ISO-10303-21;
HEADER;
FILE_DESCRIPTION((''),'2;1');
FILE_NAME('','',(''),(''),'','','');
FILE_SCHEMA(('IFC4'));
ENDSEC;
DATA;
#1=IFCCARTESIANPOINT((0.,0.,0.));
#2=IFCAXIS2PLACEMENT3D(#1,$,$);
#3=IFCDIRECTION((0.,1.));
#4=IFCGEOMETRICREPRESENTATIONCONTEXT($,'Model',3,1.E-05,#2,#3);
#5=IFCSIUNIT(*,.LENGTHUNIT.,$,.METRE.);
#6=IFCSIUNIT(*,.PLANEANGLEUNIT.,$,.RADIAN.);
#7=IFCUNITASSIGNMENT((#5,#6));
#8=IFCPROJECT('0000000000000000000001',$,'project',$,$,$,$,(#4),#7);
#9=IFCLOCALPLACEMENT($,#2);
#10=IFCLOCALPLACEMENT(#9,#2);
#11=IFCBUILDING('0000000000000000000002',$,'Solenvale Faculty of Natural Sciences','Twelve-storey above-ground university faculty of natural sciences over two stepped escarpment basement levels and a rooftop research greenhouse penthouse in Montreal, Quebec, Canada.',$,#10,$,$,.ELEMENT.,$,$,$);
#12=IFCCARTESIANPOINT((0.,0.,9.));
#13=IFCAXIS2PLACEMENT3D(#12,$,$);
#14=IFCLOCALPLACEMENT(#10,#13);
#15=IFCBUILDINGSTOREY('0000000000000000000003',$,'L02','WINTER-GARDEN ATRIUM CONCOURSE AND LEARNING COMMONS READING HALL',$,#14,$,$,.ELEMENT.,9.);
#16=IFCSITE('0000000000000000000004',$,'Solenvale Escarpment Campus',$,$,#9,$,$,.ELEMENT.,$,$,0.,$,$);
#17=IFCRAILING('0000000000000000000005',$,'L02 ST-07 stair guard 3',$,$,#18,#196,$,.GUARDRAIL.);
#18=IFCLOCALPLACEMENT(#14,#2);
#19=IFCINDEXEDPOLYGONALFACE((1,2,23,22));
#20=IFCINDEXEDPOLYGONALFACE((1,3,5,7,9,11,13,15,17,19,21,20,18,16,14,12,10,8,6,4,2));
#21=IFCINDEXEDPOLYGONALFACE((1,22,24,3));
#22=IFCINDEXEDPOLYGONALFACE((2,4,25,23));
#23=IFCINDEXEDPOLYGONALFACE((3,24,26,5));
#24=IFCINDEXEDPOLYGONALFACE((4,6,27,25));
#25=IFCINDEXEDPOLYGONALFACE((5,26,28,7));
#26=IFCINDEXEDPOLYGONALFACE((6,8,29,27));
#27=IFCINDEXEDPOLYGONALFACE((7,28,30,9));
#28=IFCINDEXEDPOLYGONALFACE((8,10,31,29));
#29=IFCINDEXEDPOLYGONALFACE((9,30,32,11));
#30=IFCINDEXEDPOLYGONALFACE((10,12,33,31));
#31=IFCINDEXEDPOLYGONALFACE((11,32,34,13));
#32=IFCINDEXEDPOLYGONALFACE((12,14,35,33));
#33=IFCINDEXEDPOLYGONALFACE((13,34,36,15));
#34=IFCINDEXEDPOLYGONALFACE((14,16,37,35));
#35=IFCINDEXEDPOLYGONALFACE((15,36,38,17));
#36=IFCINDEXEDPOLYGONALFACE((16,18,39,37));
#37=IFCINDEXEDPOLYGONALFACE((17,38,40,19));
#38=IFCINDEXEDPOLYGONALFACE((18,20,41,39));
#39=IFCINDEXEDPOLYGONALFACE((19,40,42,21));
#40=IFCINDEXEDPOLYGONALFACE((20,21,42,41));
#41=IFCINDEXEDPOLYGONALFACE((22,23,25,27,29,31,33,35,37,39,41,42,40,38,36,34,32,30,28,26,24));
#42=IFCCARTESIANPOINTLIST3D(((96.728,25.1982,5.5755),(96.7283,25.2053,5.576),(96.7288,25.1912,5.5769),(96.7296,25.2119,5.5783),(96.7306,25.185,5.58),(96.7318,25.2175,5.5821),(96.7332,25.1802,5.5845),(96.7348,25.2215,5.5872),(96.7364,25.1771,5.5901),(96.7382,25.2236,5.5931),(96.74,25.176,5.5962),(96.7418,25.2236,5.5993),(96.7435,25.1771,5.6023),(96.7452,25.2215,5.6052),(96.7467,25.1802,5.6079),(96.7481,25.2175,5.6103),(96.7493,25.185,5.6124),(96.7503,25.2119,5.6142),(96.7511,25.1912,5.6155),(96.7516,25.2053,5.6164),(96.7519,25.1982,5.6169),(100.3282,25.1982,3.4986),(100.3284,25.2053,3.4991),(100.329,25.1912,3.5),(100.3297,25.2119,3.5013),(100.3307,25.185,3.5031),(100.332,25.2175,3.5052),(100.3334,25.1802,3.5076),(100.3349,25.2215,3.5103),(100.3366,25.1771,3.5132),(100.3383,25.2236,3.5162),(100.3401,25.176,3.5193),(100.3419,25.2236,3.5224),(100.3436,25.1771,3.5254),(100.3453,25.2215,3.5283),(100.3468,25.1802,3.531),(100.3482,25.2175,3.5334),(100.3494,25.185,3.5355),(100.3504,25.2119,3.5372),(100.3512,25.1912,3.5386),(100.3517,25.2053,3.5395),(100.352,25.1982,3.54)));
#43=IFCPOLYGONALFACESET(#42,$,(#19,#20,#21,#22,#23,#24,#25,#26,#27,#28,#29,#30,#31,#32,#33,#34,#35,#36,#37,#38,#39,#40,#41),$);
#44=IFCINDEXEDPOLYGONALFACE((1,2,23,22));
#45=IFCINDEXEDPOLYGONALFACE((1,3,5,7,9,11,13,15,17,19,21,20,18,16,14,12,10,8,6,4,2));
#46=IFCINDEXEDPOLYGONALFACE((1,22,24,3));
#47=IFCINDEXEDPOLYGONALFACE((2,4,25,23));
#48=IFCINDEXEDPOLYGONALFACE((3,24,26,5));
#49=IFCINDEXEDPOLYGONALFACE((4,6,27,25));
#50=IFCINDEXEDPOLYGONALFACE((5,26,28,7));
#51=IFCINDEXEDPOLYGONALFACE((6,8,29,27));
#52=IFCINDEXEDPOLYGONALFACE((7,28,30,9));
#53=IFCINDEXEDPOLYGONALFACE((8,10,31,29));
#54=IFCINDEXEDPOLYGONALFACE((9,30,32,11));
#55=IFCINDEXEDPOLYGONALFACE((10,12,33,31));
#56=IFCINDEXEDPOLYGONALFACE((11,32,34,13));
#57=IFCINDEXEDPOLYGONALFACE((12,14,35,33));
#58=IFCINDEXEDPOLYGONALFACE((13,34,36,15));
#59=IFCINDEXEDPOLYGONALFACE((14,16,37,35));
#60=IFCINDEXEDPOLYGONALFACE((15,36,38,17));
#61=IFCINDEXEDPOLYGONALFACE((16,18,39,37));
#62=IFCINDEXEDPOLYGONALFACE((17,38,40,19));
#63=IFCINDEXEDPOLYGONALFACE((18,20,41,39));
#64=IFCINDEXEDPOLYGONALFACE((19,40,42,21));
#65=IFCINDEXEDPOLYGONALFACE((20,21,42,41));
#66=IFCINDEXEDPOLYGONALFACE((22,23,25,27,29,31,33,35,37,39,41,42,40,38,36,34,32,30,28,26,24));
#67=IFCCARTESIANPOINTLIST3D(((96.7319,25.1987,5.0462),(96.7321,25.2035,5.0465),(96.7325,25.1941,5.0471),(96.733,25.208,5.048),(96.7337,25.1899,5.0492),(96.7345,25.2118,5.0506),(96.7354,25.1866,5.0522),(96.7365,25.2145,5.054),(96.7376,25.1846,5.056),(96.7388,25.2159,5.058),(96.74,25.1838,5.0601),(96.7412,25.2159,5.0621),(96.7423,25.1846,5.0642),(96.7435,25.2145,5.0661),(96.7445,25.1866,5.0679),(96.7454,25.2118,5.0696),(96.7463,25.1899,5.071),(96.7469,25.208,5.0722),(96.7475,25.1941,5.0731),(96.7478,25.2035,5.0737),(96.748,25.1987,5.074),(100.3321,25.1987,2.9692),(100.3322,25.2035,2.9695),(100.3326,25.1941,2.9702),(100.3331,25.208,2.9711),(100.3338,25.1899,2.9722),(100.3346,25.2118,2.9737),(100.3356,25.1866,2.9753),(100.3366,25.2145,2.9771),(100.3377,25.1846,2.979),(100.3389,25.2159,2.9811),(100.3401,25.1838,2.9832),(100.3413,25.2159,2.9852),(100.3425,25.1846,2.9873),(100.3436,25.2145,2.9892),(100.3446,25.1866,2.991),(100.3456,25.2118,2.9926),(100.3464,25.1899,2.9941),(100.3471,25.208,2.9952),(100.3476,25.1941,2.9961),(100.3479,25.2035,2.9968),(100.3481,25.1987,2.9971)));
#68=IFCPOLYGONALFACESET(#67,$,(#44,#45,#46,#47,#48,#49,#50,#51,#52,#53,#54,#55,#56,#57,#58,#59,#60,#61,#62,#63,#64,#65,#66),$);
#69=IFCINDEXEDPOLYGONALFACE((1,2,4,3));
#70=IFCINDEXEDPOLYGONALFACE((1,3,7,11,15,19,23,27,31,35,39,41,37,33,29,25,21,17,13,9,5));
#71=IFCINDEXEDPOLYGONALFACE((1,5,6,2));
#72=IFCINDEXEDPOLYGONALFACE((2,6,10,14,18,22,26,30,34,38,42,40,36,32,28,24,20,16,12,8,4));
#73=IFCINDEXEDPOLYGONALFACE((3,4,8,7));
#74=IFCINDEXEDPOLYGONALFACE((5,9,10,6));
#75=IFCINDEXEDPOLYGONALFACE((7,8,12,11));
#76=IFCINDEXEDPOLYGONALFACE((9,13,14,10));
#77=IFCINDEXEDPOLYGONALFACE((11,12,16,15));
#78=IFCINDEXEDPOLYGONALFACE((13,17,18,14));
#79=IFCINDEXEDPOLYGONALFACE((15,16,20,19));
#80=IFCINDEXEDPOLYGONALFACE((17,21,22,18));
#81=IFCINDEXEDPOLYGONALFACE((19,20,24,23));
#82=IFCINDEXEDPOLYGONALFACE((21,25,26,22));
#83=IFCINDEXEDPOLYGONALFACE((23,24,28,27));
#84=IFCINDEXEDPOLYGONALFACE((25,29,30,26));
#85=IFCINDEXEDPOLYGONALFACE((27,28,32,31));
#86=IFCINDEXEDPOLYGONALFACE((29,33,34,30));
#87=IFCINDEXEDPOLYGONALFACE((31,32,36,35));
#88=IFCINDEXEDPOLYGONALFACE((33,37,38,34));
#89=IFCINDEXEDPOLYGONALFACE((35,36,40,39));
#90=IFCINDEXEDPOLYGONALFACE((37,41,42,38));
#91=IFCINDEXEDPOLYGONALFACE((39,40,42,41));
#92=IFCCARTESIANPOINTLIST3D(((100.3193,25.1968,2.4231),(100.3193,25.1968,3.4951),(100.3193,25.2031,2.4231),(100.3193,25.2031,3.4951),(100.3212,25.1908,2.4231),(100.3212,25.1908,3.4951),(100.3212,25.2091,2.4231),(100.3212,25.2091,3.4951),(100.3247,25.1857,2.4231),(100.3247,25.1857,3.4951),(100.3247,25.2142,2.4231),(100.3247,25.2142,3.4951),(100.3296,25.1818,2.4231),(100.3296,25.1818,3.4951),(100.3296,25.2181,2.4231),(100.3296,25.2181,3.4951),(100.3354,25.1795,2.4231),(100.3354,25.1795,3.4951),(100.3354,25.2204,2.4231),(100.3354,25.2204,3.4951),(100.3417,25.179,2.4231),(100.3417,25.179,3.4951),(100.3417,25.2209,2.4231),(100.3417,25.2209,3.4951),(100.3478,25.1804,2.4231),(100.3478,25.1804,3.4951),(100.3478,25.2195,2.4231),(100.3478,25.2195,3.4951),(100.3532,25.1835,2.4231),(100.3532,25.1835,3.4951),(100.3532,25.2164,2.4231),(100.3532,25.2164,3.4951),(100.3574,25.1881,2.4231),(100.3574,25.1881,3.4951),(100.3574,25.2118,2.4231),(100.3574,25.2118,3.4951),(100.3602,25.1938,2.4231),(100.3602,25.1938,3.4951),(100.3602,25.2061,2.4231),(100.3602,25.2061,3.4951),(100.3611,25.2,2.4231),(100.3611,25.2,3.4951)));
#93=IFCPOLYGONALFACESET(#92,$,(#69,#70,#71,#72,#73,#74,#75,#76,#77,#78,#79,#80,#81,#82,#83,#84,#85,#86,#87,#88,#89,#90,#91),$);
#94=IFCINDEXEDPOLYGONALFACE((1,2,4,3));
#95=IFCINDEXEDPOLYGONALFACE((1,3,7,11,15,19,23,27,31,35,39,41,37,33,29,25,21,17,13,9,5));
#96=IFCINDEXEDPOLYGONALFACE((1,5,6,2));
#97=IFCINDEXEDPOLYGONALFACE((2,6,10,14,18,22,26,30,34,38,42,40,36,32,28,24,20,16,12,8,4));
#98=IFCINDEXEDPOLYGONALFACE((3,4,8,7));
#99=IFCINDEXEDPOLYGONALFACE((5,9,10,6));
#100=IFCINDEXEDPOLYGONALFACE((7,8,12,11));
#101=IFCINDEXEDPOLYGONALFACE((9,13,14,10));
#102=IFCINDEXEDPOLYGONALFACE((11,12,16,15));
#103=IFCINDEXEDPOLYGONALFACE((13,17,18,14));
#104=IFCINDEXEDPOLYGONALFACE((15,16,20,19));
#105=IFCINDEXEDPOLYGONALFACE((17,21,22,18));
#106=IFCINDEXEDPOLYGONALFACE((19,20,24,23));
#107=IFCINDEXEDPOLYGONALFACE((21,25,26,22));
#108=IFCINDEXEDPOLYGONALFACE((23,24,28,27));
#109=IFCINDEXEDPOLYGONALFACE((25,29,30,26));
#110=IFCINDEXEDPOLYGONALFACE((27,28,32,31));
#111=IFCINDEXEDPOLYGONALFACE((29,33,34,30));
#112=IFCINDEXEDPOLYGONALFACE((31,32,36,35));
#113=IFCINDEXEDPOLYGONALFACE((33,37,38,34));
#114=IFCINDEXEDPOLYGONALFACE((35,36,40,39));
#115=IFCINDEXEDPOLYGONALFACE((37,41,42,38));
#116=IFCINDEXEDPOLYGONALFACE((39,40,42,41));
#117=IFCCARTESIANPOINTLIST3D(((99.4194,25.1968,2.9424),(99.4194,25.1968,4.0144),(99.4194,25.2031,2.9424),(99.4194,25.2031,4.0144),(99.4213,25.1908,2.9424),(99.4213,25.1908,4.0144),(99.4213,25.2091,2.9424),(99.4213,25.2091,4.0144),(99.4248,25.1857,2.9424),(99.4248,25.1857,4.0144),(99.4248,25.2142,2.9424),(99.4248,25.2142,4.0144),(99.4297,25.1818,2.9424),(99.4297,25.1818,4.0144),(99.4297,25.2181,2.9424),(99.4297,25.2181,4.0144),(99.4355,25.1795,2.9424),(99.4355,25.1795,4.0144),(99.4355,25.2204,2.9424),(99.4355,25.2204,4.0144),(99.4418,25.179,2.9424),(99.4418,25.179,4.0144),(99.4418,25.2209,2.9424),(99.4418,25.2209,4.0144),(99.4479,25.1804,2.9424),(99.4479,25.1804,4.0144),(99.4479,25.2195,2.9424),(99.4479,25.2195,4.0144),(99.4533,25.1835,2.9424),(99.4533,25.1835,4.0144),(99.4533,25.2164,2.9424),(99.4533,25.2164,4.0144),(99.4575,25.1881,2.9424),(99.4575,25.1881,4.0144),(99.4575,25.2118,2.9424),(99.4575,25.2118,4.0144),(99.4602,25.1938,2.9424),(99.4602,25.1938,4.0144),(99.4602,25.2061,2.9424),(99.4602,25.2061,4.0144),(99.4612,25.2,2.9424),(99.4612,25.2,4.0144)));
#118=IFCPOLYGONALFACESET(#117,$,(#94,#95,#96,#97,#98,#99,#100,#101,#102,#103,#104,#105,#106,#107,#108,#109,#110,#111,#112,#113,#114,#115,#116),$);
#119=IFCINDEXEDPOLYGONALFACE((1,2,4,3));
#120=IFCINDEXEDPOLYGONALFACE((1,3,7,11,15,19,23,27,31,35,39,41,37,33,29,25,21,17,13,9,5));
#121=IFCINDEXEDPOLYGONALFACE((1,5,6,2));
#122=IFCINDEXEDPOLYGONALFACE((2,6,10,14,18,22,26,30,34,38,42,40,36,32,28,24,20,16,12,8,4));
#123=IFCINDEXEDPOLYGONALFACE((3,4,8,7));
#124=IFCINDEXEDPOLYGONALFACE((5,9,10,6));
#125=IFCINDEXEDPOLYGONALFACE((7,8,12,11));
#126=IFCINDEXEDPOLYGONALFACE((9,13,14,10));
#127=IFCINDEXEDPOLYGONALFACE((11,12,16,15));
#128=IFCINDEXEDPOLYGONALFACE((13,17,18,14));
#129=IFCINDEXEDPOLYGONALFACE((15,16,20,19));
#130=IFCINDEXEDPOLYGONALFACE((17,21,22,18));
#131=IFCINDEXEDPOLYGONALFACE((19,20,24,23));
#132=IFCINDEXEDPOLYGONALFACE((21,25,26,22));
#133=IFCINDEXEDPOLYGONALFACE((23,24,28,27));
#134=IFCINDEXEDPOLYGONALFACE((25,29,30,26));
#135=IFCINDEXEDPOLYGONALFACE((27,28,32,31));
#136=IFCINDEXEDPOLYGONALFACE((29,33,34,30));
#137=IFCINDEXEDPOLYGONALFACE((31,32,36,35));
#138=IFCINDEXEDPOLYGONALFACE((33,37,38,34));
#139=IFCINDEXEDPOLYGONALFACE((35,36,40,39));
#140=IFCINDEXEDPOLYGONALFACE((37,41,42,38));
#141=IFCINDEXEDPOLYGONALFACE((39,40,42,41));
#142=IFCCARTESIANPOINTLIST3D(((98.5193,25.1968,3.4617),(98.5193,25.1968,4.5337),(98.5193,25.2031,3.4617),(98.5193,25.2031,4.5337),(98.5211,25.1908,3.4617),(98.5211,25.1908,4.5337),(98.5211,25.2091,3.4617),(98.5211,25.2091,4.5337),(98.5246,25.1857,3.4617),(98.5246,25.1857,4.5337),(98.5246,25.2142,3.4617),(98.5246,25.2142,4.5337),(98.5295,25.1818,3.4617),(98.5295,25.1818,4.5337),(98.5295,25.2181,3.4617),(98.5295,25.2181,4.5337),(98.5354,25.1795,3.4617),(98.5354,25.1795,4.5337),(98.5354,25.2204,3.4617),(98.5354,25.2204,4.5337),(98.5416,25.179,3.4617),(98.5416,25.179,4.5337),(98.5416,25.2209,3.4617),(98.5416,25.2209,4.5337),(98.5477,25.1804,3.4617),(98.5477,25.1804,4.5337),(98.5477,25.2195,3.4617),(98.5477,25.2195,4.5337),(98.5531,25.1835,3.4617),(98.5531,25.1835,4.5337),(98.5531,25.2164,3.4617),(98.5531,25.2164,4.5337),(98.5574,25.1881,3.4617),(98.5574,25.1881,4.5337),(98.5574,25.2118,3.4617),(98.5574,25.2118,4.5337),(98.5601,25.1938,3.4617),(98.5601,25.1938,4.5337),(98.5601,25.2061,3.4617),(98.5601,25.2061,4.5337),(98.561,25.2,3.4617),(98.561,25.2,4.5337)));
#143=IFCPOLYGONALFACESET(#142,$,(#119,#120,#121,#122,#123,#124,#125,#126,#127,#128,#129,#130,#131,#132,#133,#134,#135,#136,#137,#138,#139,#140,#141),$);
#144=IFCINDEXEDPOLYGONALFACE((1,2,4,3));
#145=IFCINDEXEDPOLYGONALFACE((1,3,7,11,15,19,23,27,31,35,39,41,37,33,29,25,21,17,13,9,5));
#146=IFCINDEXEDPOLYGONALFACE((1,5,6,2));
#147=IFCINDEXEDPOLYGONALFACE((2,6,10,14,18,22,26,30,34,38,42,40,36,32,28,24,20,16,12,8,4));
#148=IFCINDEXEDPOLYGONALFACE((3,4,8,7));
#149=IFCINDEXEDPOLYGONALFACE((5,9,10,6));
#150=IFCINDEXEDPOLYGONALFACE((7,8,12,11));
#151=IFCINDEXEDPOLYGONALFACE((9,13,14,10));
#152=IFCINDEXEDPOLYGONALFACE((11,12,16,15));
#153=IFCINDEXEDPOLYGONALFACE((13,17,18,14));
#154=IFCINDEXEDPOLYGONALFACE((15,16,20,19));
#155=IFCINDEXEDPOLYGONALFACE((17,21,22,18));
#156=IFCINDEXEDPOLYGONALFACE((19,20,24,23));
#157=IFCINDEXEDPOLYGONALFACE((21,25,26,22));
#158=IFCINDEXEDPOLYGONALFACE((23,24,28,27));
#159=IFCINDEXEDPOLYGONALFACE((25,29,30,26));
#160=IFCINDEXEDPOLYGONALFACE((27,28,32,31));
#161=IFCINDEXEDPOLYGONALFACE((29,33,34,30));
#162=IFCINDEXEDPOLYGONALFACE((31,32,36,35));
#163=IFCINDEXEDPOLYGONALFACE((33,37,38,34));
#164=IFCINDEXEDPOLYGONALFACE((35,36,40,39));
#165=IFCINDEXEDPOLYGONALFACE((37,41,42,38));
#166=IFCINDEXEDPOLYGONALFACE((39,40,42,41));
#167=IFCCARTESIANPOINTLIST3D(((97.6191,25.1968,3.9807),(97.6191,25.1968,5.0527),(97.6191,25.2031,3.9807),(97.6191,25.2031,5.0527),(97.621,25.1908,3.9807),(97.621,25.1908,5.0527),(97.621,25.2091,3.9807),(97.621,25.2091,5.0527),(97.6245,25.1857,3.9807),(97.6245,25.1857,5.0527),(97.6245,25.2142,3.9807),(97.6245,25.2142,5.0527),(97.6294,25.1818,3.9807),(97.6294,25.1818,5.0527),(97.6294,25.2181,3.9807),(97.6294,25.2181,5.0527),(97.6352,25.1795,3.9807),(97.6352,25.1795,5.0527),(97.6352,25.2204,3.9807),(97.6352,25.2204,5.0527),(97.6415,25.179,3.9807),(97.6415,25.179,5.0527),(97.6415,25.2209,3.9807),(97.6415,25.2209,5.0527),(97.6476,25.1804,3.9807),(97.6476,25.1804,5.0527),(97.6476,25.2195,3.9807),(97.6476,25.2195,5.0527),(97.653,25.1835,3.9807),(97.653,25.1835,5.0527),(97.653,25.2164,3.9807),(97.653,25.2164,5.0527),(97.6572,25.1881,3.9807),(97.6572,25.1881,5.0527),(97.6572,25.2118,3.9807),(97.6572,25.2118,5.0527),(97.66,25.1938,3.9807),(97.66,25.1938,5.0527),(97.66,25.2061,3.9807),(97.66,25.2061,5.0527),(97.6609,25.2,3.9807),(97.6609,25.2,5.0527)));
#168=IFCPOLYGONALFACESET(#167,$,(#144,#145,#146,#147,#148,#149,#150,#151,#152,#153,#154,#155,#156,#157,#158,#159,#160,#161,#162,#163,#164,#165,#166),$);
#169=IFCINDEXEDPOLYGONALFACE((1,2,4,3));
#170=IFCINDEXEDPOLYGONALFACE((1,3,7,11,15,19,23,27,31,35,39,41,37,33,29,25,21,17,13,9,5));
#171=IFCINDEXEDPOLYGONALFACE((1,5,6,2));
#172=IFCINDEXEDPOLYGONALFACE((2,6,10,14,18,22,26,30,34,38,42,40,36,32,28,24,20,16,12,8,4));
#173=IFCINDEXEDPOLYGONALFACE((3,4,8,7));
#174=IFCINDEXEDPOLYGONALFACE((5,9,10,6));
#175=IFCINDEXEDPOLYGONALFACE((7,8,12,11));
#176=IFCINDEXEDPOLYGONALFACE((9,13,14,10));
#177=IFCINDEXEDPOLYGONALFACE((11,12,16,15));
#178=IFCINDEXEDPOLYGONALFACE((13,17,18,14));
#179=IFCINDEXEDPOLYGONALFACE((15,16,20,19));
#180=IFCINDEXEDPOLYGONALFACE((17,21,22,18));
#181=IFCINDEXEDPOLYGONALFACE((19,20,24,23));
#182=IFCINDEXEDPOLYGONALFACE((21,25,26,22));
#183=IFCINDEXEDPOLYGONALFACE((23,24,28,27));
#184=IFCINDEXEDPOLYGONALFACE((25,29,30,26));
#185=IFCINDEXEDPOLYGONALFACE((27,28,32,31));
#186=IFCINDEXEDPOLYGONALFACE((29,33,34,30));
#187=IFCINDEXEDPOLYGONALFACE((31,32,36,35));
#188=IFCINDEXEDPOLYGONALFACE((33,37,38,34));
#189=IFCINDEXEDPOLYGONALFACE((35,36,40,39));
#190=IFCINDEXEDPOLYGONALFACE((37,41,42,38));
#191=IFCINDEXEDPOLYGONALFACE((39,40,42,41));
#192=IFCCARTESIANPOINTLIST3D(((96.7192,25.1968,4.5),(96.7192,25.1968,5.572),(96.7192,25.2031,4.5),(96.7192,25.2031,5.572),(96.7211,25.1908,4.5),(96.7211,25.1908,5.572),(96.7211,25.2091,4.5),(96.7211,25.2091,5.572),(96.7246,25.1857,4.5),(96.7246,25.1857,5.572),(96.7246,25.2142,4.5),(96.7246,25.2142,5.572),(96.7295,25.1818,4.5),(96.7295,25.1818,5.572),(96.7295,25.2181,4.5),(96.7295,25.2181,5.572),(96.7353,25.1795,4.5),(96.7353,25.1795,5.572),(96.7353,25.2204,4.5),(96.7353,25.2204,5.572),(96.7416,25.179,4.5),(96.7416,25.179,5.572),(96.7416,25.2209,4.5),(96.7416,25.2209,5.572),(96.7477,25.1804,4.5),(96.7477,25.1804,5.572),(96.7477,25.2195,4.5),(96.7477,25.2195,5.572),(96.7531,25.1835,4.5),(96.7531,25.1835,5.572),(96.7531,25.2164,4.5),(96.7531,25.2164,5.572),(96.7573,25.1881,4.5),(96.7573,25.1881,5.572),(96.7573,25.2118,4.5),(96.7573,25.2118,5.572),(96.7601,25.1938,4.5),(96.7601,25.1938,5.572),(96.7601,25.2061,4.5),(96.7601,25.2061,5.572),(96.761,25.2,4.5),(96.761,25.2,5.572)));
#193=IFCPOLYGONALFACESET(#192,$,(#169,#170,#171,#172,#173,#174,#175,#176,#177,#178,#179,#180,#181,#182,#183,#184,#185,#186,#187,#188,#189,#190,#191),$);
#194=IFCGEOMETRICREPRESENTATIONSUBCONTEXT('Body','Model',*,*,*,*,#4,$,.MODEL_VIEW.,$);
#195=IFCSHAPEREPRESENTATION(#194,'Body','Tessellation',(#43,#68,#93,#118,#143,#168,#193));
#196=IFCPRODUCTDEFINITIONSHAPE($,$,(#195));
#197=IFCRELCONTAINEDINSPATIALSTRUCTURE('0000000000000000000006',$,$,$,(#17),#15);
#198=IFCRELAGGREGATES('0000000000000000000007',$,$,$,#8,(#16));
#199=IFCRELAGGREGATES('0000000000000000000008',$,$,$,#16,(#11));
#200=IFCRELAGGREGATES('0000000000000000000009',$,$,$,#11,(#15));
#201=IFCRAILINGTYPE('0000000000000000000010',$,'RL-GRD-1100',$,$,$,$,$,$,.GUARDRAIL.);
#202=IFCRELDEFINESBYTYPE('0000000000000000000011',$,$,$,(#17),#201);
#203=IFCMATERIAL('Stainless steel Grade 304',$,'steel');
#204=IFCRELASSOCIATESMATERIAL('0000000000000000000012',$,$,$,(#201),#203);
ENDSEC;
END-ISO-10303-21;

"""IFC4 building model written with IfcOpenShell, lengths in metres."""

from ifc_helpers import new_model, si_unit, direction, frame, origin, origin_2d, place, context, subcontext, project, spatial, circle, extrude, material, type_object, element, save


model = new_model("IFC4")

# Units and contexts
model_context = context("Model", 3, precision=1e-05, world=origin(), true_north=direction((0.0, 1.0)))
body_context = subcontext(model_context, "Body", "Model", "MODEL_VIEW")
ifc_project = project(units=[si_unit("LENGTHUNIT", "METRE"), si_unit("PLANEANGLEUNIT", "RADIAN")], contexts=[model_context])

# Site, building, storey
site_placement = place(None, origin())
site = spatial("IfcSite", under=ifc_project, at=site_placement, Name="Solenvale Escarpment Campus", CompositionType="ELEMENT", RefElevation=0.0)
building_placement = place(site_placement, origin())
building = spatial("IfcBuilding", under=site, at=building_placement, Name="Solenvale Faculty of Natural Sciences", Description="Twelve-storey above-ground university faculty of natural sciences over two stepped escarpment basement levels and a rooftop research greenhouse penthouse in Montreal, Quebec, Canada.", CompositionType="ELEMENT")
storey_placement = place(building_placement, frame((0.0, 0.0, 9.0)))
storey = spatial("IfcBuildingStorey", under=building, at=storey_placement, Name="L02", Description="WINTER-GARDEN ATRIUM CONCOURSE AND LEARNING COMMONS READING HALL", CompositionType="ELEMENT", Elevation=9.0)

# Railing
ifc_material_1 = material(Name="Stainless steel Grade 304", Category="steel")
railing_type_1 = type_object("IfcRailingType", Name="RL-GRD-1100", PredefinedType="GUARDRAIL", material=ifc_material_1)
railing_1_placement = place(storey_placement, frame((100.3401, 25.2, 2.4231)))
element("IfcRailing", 1, at=railing_1_placement, inside=storey, type_object=railing_type_1, Name="L02 ST-07 stair guard 3", PredefinedType="GUARDRAIL", context=body_context, shape_type="SweptSolid", body=[
    extrude(circle(Radius=0.0239, at=origin_2d()), frame((0.0, 0.0, 1.0962), z_axis=(-0.866193, 0.0, 0.499709), x_axis=(0.0, -1.0, 0.0)), (0.0, 0.0, 1.0), 4.1562),
    extrude(circle(Radius=0.0161, at=origin_2d()), frame((0.0, 0.0, 0.5601), z_axis=(-0.866193, 0.0, 0.499709), x_axis=(0.0, -1.0, 0.0)), (0.0, 0.0, 1.0), 4.1562),
    extrude(circle(Radius=0.021, at=origin_2d()), origin(), (0.0, 0.0, 1.0), 1.072),
    extrude(circle(Radius=0.021, at=origin_2d()), frame((-0.8999, 0.0, 0.5193)), (0.0, 0.0, 1.0), 1.072),
    extrude(circle(Radius=0.021, at=origin_2d()), frame((-1.8, 0.0, 1.0386)), (0.0, 0.0, 1.0), 1.072),
    extrude(circle(Radius=0.021, at=origin_2d()), frame((-2.7002, 0.0, 1.5576)), (0.0, 0.0, 1.0), 1.072),
    extrude(circle(Radius=0.021, at=origin_2d()), frame((-3.6001, 0.0, 2.0769)), (0.0, 0.0, 1.0), 1.072),
])

save(model, "model.ifc")
